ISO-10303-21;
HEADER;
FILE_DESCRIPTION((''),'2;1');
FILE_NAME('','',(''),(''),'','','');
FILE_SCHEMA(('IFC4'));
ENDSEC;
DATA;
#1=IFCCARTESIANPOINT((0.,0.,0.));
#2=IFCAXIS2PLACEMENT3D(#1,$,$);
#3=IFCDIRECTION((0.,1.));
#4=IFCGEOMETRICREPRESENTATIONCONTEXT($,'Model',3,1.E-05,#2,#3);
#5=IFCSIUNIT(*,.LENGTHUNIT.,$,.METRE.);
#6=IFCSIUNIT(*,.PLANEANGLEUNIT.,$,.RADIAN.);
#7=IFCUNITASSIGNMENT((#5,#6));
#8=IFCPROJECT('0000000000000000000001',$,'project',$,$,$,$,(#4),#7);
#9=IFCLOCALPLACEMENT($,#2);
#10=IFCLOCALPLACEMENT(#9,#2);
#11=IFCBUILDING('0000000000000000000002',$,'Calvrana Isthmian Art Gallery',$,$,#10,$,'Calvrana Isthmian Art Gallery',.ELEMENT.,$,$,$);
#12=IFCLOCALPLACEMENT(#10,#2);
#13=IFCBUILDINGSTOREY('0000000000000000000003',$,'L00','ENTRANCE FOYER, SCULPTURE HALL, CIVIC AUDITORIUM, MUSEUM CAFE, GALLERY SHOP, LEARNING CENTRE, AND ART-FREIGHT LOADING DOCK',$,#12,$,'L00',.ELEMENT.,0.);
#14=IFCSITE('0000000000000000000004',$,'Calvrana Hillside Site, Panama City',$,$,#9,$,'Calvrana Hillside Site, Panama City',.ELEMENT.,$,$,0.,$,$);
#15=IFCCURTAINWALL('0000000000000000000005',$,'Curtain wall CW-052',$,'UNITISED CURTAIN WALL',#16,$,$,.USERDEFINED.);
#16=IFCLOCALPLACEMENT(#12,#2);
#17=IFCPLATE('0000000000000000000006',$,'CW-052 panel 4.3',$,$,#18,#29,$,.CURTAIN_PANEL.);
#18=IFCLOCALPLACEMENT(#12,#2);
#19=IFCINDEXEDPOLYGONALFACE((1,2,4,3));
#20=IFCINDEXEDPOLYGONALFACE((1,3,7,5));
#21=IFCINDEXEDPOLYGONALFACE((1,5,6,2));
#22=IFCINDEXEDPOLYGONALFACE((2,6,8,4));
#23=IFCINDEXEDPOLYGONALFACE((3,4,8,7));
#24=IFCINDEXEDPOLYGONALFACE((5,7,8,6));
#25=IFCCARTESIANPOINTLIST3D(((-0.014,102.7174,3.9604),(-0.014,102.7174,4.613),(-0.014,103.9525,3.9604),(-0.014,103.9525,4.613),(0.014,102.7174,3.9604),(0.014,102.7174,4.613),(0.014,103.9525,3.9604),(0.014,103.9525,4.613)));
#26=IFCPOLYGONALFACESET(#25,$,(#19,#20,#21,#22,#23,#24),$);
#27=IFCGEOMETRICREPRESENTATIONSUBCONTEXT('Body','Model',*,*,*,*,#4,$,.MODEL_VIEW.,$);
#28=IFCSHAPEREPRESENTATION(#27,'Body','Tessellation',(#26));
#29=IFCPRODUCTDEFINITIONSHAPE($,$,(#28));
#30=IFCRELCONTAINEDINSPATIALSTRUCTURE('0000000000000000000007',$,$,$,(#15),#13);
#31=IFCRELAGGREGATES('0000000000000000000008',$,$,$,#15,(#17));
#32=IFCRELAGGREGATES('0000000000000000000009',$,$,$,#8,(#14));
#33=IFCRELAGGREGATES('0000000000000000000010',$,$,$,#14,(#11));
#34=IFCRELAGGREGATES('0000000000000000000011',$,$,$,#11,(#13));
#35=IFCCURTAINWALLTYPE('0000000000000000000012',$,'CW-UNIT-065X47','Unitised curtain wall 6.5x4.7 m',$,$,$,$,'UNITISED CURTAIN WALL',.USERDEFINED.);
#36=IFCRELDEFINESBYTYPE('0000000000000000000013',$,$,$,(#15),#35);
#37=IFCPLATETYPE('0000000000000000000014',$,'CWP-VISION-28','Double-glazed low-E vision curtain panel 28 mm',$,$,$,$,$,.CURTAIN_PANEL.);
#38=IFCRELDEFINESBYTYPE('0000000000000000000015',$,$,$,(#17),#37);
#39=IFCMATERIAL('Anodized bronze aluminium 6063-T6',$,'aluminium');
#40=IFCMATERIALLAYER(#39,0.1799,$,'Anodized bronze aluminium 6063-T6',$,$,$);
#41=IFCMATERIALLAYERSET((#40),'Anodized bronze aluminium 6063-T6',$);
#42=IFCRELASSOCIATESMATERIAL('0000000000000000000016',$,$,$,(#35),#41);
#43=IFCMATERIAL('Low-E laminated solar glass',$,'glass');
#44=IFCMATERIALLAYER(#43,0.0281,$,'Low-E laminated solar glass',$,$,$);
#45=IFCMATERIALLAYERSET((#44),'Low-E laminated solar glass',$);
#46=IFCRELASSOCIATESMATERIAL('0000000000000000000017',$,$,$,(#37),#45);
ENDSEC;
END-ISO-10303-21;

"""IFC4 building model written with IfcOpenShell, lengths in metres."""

from ifc_helpers import new_model, si_unit, direction, frame, origin, origin_2d, place, context, subcontext, project, spatial, rectangle, extrude, material, layer, layer_set, type_object, element, aggregate, save


model = new_model("IFC4")

# Units and contexts
model_context = context("Model", 3, precision=1e-05, world=origin(), true_north=direction((0.0, 1.0)))
body_context = subcontext(model_context, "Body", "Model", "MODEL_VIEW")
ifc_project = project(units=[si_unit("LENGTHUNIT", "METRE"), si_unit("PLANEANGLEUNIT", "RADIAN")], contexts=[model_context])

# Site, building, storey
site_placement = place(None, origin())
site = spatial("IfcSite", under=ifc_project, at=site_placement, Name="Calvrana Hillside Site, Panama City", LongName="Calvrana Hillside Site, Panama City", CompositionType="ELEMENT", RefElevation=0.0)
building_placement = place(site_placement, origin())
building = spatial("IfcBuilding", under=site, at=building_placement, Name="Calvrana Isthmian Art Gallery", LongName="Calvrana Isthmian Art Gallery", CompositionType="ELEMENT")
storey_placement = place(building_placement, origin())
storey = spatial("IfcBuildingStorey", under=building, at=storey_placement, Name="L00", Description="ENTRANCE FOYER, SCULPTURE HALL, CIVIC AUDITORIUM, MUSEUM CAFE, GALLERY SHOP, LEARNING CENTRE, AND ART-FREIGHT LOADING DOCK", LongName="L00", CompositionType="ELEMENT", Elevation=0.0)

# Curtain wall, plate
ifc_material_1 = material(Name="Anodized bronze aluminium 6063-T6", Category="aluminium")
ifc_layer_1 = layer(ifc_material_1, 0.1799, Name="Anodized bronze aluminium 6063-T6")
ifc_layer_set_1 = layer_set([ifc_layer_1], Name="Anodized bronze aluminium 6063-T6")
curtain_wall_type = type_object("IfcCurtainWallType", Name="CW-UNIT-065X47", Description="Unitised curtain wall 6.5x4.7 m", ElementType="UNITISED CURTAIN WALL", PredefinedType="USERDEFINED", material=ifc_layer_set_1)
curtain_wall_placement = place(storey_placement, origin())
curtain_wall = element("IfcCurtainWall", 1, at=curtain_wall_placement, inside=storey, type_object=curtain_wall_type, Name="Curtain wall CW-052", ObjectType="UNITISED CURTAIN WALL", PredefinedType="USERDEFINED")
ifc_material_2 = material(Name="Low-E laminated solar glass", Category="glass")
ifc_layer_2 = layer(ifc_material_2, 0.0281, Name="Low-E laminated solar glass")
ifc_layer_set_2 = layer_set([ifc_layer_2], Name="Low-E laminated solar glass")
plate_type = type_object("IfcPlateType", Name="CWP-VISION-28", Description="Double-glazed low-E vision curtain panel 28 mm", PredefinedType="CURTAIN_PANEL", material=ifc_layer_set_2)
plate_1_placement = place(storey_placement, frame((0.0, 103.335, 3.9604), z_axis=(0.0, 0.0, 1.0), x_axis=(0.0, 1.0, 0.0)))
plate_1 = element("IfcPlate", 2, at=plate_1_placement, type_object=plate_type, Name="CW-052 panel 4.3", PredefinedType="CURTAIN_PANEL", context=body_context, shape_type="SweptSolid", body=[
    extrude(rectangle(XDim=1.2351, YDim=0.0281, at=origin_2d()), origin(), (0.0, 0.0, 1.0), 0.6526),
])
aggregate(curtain_wall, [plate_1])

save(model, "model.ifc")
